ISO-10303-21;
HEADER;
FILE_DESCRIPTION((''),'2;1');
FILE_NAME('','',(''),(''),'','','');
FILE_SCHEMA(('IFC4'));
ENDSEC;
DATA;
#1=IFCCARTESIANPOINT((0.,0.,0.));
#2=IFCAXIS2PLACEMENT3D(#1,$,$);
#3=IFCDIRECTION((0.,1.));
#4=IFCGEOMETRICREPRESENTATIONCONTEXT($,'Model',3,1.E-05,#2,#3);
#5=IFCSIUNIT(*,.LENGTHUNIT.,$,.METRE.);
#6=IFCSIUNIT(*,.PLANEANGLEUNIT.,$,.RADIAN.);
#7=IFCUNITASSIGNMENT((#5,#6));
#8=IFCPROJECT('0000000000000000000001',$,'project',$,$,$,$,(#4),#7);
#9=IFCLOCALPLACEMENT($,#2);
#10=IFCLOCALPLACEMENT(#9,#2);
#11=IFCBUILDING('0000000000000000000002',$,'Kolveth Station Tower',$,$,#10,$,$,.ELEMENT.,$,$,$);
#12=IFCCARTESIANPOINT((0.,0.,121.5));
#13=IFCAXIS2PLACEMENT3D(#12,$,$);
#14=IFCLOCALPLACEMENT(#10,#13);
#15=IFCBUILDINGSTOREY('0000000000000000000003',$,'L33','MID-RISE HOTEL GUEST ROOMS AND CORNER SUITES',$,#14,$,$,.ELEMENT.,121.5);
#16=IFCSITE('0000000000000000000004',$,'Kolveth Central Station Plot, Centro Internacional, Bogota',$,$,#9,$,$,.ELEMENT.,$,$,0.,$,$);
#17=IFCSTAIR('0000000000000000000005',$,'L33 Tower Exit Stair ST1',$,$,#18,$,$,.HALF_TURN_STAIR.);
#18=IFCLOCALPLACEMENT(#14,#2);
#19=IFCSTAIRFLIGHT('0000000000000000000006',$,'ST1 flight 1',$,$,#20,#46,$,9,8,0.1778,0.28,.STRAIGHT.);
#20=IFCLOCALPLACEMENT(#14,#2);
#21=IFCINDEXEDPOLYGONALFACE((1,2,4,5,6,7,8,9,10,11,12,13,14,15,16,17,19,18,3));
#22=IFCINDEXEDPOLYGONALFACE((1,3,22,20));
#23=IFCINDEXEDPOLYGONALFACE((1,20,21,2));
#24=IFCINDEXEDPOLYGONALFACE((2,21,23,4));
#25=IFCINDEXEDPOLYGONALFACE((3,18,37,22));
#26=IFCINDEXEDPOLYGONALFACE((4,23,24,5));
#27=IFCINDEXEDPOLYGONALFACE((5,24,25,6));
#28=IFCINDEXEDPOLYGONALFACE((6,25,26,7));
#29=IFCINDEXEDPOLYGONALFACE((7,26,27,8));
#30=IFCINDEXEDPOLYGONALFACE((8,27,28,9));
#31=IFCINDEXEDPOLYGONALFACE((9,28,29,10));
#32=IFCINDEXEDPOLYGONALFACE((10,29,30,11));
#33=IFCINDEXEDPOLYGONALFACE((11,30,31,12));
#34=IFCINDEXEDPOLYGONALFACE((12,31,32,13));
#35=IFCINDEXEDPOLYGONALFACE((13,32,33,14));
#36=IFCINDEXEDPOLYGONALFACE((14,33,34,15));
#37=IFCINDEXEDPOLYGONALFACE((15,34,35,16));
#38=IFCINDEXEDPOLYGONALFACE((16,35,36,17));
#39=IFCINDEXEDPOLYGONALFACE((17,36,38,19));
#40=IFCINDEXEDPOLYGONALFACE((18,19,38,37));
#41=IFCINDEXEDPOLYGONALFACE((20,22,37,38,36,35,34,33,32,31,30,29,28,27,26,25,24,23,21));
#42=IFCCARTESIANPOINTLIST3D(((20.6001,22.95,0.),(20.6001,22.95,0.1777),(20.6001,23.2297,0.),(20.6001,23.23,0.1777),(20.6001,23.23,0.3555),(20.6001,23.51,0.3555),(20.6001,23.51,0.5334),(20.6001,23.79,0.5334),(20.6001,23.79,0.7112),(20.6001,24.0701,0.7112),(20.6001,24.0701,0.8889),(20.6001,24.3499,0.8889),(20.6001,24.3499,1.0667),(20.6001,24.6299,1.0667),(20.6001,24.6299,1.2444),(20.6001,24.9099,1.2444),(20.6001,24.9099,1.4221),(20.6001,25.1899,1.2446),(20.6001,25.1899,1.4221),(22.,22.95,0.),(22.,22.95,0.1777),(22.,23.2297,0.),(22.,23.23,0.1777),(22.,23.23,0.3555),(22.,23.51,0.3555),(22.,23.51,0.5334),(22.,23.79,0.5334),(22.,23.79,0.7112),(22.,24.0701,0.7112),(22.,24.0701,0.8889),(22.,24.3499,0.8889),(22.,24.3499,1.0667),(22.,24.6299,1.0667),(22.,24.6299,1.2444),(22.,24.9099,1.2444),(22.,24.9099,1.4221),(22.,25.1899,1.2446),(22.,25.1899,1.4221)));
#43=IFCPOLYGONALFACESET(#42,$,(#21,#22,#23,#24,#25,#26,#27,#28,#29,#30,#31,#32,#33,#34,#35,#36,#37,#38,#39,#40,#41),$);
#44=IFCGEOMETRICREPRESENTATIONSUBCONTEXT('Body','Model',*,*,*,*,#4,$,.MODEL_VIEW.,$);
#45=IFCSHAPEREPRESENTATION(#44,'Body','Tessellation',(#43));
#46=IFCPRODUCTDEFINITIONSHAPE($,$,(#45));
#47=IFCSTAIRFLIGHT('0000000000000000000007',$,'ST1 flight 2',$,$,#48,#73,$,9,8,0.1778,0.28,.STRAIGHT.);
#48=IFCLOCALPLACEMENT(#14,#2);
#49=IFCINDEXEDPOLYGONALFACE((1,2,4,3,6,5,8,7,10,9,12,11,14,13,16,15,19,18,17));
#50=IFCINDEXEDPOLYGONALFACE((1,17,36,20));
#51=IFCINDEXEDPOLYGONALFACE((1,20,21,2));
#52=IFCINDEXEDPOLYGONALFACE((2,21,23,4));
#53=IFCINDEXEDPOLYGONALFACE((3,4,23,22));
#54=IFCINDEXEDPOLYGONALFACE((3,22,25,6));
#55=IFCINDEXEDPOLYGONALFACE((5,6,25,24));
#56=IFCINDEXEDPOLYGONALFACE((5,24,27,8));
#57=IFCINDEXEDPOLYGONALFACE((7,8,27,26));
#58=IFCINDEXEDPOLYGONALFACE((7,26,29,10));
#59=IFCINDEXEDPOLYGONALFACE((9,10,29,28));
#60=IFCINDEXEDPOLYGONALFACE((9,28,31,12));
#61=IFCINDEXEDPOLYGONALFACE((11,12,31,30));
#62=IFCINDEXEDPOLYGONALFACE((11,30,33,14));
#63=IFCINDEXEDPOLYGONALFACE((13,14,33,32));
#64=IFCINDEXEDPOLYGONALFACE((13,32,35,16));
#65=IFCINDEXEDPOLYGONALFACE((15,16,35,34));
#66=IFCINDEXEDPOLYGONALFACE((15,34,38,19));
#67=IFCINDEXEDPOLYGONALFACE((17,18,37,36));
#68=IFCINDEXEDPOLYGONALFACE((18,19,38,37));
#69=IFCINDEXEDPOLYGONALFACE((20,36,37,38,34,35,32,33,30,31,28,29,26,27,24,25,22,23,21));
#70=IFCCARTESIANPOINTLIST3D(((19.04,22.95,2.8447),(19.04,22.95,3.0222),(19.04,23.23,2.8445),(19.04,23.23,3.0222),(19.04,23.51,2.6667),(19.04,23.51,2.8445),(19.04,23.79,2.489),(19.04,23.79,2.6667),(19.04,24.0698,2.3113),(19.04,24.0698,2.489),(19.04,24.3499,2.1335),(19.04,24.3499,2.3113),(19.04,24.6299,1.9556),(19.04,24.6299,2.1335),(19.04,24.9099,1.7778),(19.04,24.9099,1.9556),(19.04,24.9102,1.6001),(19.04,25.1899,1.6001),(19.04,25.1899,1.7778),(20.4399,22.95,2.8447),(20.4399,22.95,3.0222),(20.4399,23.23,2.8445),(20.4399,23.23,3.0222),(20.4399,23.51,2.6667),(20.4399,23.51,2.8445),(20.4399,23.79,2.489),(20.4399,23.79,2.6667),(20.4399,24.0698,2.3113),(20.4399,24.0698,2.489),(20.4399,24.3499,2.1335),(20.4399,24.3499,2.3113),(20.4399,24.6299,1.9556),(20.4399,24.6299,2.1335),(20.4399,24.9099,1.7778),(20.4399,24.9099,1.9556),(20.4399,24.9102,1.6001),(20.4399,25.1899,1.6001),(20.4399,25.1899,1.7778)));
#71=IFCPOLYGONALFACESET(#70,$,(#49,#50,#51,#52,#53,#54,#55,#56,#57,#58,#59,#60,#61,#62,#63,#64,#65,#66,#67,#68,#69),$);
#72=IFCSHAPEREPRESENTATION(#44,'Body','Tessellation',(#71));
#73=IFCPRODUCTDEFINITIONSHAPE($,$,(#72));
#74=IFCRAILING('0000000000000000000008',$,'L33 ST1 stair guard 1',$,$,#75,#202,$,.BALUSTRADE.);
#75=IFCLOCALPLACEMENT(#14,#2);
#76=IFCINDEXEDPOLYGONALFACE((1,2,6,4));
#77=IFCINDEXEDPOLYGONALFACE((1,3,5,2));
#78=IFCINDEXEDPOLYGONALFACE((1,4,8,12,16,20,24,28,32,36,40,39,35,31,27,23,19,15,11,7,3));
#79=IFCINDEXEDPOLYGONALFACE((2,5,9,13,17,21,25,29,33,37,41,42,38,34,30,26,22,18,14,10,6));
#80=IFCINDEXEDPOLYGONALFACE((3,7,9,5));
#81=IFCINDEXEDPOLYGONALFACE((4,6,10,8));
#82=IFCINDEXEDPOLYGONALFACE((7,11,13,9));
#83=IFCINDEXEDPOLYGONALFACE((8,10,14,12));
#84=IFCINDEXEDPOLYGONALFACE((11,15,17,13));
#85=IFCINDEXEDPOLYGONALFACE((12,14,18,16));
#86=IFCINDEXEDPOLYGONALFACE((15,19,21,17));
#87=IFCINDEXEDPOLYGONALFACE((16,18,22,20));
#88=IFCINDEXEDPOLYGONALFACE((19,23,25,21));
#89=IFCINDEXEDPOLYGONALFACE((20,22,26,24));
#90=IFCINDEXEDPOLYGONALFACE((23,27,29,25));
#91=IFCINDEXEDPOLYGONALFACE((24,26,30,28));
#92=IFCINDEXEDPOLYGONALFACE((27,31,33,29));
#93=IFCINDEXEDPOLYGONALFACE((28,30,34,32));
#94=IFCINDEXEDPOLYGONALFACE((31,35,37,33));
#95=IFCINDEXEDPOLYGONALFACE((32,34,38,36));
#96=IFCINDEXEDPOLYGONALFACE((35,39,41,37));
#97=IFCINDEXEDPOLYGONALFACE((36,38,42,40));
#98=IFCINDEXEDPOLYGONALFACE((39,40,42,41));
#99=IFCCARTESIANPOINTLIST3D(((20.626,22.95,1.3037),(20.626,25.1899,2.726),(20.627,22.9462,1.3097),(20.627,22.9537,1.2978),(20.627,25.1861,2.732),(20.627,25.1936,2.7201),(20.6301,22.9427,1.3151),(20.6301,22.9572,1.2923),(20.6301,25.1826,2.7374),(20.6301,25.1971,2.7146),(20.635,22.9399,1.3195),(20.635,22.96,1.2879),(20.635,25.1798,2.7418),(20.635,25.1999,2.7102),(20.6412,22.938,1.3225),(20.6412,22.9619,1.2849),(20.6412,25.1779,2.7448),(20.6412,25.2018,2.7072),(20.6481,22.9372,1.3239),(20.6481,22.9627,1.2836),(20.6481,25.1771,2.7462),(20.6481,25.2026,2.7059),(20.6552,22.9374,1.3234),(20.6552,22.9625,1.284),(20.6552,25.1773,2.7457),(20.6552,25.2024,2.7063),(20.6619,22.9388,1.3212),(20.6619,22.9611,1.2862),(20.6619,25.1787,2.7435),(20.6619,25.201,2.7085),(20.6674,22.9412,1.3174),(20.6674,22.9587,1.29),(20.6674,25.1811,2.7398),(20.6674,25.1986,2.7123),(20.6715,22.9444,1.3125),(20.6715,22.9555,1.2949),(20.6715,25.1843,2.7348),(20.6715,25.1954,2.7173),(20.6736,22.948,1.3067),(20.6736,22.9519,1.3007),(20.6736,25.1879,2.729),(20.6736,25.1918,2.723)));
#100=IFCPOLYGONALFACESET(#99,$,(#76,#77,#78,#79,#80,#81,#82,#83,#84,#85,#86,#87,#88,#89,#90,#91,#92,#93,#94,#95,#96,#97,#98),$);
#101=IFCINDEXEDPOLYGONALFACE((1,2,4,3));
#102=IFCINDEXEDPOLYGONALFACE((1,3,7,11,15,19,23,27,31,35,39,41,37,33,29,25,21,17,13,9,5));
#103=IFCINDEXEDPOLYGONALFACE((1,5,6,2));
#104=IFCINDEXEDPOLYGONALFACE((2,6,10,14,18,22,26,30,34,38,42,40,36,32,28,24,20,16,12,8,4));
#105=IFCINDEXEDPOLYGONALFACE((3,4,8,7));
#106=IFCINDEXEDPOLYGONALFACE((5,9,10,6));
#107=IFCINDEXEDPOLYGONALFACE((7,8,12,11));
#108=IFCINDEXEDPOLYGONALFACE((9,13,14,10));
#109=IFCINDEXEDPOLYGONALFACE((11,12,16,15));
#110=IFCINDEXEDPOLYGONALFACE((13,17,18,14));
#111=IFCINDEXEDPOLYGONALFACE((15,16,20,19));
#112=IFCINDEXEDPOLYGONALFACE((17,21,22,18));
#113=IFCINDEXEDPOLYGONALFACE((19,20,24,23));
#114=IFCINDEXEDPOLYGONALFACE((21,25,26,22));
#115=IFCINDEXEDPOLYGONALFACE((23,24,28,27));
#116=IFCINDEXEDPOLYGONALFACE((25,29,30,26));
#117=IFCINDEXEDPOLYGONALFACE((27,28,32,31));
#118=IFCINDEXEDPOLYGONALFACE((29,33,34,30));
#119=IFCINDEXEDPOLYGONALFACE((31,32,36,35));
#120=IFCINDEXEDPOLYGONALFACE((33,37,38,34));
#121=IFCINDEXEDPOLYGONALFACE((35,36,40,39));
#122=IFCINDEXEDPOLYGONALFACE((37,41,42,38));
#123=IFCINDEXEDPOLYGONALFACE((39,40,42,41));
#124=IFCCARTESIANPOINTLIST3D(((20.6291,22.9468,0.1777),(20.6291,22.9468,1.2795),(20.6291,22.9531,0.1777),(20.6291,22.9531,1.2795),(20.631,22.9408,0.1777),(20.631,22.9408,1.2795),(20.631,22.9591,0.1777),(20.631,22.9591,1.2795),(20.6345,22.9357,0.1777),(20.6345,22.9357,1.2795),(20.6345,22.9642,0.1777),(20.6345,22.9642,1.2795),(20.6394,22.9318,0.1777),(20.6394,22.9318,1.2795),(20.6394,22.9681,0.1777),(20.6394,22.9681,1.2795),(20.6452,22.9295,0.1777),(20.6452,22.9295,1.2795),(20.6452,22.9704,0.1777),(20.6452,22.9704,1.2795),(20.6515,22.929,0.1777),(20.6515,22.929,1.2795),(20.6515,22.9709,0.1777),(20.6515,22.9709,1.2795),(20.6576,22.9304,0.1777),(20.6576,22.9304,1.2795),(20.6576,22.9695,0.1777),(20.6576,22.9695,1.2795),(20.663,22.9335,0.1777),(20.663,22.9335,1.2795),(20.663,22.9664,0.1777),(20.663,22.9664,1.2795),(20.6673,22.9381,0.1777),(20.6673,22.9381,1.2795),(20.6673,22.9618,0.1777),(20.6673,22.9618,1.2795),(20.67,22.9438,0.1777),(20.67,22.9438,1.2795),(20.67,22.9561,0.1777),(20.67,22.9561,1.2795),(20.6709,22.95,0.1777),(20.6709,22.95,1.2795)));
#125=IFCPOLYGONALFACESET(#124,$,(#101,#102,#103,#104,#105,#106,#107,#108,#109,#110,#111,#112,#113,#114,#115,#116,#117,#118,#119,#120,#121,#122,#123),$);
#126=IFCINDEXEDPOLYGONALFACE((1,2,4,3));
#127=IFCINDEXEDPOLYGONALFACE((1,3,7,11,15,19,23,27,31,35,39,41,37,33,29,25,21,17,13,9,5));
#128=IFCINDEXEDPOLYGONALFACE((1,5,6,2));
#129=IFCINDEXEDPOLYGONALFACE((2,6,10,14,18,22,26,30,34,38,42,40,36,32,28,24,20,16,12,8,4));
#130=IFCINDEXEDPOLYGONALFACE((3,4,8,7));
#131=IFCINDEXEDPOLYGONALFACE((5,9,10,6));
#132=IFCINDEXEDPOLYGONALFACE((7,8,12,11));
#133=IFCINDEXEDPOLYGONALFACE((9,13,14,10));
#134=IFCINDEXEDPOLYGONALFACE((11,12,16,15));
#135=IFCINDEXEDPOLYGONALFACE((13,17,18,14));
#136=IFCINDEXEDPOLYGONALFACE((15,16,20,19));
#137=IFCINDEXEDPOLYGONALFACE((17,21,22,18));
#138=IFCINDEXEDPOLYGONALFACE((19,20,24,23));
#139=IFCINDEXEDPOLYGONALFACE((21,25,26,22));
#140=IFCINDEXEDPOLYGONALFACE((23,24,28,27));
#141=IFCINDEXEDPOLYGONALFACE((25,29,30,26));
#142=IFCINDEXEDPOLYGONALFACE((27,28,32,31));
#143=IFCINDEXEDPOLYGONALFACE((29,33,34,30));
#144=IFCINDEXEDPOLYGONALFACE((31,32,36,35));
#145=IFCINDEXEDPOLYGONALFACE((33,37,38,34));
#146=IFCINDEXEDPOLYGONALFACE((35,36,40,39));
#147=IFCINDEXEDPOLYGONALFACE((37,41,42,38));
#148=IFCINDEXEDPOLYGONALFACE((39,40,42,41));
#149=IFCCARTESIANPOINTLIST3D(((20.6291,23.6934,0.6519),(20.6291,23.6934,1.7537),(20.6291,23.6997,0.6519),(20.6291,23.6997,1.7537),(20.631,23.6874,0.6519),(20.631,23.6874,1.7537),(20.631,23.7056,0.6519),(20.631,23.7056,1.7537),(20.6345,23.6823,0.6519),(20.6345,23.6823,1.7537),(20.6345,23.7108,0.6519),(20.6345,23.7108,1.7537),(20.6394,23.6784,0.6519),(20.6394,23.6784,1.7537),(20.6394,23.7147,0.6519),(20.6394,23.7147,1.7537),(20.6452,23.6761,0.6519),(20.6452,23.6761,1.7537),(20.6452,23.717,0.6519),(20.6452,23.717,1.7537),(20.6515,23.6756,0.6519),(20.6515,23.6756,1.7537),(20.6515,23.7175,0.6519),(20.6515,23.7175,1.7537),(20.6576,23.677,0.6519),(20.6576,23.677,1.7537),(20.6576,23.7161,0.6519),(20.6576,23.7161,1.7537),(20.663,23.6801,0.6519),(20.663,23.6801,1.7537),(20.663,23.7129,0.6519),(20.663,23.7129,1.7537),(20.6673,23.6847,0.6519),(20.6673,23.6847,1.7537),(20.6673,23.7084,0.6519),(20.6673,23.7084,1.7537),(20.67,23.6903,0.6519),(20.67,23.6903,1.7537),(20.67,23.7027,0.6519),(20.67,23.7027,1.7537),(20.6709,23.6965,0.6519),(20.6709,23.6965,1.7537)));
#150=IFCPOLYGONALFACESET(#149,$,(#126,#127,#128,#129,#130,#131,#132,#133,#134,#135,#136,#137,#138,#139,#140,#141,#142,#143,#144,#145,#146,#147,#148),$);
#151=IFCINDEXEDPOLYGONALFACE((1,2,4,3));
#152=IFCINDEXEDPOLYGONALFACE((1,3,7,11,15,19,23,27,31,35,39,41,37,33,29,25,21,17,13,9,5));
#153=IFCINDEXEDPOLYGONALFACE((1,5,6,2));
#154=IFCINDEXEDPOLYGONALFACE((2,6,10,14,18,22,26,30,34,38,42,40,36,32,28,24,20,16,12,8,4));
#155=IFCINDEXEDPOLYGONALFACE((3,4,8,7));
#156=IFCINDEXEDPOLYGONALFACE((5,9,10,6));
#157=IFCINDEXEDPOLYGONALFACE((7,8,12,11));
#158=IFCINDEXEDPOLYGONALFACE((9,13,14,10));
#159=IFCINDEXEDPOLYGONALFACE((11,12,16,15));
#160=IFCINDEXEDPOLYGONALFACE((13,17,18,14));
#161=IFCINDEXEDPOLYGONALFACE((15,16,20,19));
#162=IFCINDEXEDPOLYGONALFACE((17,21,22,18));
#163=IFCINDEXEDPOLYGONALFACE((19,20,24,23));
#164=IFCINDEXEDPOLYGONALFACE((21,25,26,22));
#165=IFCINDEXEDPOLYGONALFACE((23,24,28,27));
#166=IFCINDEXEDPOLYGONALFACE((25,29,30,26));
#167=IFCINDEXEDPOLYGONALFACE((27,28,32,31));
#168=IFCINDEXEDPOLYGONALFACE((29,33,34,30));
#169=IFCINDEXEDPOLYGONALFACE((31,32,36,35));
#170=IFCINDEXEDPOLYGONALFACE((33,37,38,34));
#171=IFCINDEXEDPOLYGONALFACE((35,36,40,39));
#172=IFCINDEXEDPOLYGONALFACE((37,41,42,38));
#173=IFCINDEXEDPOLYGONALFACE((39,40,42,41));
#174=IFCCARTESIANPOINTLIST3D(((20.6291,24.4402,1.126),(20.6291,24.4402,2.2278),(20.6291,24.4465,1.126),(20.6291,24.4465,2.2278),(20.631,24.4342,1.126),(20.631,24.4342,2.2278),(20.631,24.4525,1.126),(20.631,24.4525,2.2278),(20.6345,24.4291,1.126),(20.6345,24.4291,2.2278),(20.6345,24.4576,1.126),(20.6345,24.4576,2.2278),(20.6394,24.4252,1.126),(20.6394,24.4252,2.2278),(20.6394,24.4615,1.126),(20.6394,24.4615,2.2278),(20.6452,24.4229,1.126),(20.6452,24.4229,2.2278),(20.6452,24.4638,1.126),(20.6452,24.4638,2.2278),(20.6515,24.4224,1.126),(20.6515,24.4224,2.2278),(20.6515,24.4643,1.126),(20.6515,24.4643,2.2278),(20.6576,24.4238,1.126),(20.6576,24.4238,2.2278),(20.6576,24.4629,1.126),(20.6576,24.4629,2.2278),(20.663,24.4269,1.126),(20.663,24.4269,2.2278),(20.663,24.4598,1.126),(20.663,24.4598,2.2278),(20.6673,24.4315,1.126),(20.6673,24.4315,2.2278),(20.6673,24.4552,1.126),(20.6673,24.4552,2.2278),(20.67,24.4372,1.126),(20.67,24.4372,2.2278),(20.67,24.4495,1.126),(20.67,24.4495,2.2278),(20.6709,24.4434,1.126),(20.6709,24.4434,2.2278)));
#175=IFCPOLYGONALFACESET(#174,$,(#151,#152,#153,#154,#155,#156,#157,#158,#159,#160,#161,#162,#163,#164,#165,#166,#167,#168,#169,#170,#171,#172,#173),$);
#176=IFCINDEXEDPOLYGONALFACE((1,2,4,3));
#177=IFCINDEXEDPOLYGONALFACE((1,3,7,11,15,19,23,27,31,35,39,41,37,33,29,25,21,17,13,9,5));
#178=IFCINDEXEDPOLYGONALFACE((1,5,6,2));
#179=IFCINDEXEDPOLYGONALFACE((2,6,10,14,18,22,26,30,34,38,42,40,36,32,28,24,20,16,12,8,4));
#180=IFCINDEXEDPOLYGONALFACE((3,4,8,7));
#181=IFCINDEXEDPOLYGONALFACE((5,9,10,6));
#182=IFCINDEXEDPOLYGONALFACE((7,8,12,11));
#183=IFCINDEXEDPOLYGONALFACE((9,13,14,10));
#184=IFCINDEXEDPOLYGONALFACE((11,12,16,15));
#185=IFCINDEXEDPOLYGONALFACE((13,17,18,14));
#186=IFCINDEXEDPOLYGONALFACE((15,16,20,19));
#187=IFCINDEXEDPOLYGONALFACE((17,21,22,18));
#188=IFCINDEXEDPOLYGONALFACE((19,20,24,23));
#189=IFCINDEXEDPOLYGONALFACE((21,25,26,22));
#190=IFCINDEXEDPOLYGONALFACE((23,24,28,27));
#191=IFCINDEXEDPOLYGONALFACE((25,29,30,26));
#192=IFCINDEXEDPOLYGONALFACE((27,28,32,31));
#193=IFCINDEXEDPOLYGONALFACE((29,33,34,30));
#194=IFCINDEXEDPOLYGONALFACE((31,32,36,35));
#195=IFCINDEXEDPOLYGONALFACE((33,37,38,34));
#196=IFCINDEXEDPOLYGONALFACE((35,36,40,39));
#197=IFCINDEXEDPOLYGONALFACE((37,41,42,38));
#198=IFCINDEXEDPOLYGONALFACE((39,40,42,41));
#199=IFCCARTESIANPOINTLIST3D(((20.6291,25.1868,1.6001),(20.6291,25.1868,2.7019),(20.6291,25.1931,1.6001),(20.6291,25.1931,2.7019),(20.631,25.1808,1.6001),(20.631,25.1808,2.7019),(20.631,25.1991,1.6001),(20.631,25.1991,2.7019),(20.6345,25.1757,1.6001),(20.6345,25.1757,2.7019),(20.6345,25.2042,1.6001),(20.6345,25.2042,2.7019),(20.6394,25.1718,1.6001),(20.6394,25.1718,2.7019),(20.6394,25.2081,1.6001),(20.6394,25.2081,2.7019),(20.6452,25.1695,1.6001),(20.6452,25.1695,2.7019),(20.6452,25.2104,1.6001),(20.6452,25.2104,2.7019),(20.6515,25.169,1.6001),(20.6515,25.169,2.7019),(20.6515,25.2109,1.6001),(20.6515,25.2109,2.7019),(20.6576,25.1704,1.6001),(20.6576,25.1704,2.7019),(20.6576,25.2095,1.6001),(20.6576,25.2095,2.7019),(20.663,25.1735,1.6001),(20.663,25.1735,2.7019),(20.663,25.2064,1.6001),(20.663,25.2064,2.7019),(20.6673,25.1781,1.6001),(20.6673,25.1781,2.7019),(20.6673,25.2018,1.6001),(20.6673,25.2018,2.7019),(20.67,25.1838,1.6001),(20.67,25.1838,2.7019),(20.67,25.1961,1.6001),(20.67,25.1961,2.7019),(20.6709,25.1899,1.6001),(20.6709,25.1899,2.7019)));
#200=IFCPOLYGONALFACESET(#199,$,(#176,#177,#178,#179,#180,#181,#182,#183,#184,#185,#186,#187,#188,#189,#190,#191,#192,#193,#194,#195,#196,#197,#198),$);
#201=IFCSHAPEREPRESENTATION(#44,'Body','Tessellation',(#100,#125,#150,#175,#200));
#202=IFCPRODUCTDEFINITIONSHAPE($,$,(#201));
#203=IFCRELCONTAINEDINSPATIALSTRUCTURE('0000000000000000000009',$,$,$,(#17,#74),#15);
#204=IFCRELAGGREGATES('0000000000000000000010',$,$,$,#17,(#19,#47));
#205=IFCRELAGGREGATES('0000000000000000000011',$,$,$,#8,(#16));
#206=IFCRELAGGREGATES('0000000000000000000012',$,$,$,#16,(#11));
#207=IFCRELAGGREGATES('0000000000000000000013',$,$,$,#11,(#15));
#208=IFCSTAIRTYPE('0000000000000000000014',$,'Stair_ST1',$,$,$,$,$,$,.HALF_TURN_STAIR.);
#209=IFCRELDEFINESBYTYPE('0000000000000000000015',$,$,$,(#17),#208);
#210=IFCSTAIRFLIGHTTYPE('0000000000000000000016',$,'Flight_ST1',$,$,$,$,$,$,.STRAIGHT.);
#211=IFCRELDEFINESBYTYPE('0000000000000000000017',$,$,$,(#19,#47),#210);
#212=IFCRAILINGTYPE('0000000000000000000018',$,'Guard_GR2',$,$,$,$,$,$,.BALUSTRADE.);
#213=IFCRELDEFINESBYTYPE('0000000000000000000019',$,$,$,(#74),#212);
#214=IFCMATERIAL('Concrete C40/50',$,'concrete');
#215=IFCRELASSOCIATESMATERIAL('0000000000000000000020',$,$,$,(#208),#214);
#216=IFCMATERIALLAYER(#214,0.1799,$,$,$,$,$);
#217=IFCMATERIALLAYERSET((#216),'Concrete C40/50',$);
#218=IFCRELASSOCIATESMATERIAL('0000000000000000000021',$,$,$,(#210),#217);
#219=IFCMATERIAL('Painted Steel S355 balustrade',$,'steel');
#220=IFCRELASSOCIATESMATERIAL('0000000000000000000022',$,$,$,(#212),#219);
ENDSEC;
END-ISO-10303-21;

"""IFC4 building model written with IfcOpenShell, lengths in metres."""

from ifc_helpers import new_model, si_unit, direction, frame, origin, origin_2d, place, context, subcontext, project, spatial, polyline, circle, outline, extrude, material, layer, layer_set, type_object, element, aggregate, save


model = new_model("IFC4")

# Units and contexts
model_context = context("Model", 3, precision=1e-05, world=origin(), true_north=direction((0.0, 1.0)))
body_context = subcontext(model_context, "Body", "Model", "MODEL_VIEW")
ifc_project = project(units=[si_unit("LENGTHUNIT", "METRE"), si_unit("PLANEANGLEUNIT", "RADIAN")], contexts=[model_context])

# Site, building, storey
site_placement = place(None, origin())
site = spatial("IfcSite", under=ifc_project, at=site_placement, Name="Kolveth Central Station Plot, Centro Internacional, Bogota", CompositionType="ELEMENT", RefElevation=0.0)
building_placement = place(site_placement, origin())
building = spatial("IfcBuilding", under=site, at=building_placement, Name="Kolveth Station Tower", CompositionType="ELEMENT")
storey_placement = place(building_placement, frame((0.0, 0.0, 121.5)))
storey = spatial("IfcBuildingStorey", under=building, at=storey_placement, Name="L33", Description="MID-RISE HOTEL GUEST ROOMS AND CORNER SUITES", CompositionType="ELEMENT", Elevation=121.5)

# Shared definitions
ifc_material_1 = material(Name="Concrete C40/50", Category="concrete")

# Stair, stair flights
stair_type = type_object("IfcStairType", Name="Stair_ST1", PredefinedType="HALF_TURN_STAIR", material=ifc_material_1)
stair_placement = place(storey_placement, origin())
stair = element("IfcStair", 1, at=stair_placement, inside=storey, type_object=stair_type, Name="L33 Tower Exit Stair ST1", PredefinedType="HALF_TURN_STAIR")
ifc_layer_1 = layer(ifc_material_1, 0.1799)
ifc_layer_set_1 = layer_set([ifc_layer_1], Name="Concrete C40/50")
stair_flight_type = type_object("IfcStairFlightType", Name="Flight_ST1", PredefinedType="STRAIGHT", material=ifc_layer_set_1)
stair_flight_1_placement = place(storey_placement, frame((21.3, 22.95, 0.0), z_axis=(0.0, 0.0, 1.0), x_axis=(0.0, 1.0, 0.0)))
stair_flight_1 = element("IfcStairFlight", 2, at=stair_flight_1_placement, type_object=stair_flight_type, Name="ST1 flight 1", NumberOfRisers=9, NumberOfTreads=8, PredefinedType="STRAIGHT", RiserHeight=0.1778, TreadLength=0.28, context=body_context, shape_type="SweptSolid", body=[
    extrude(outline(polyline([(0.0, 0.0), (0.0, 0.1777), (0.28, 0.1777), (0.28, 0.3555), (0.5601, 0.3555), (0.5601, 0.5334), (0.8401, 0.5334), (0.8401, 0.7112), (1.1201, 0.7112), (1.1201, 0.8889), (1.3999, 0.8889), (1.3999, 1.0667), (1.6799, 1.0667), (1.6799, 1.2444), (1.96, 1.2444), (1.96, 1.4221), (2.24, 1.4221), (2.24, 1.6001), (2.24, 1.2446), (0.2798, 0.0), (0.0, 0.0)])), frame((0.0, 0.7, 0.0), z_axis=(0.0, -1.0, 0.0), x_axis=(1.0, 0.0, 0.0)), (0.0, 0.0, 1.0), 1.3999),
])
stair_flight_2_placement = place(storey_placement, frame((19.74, 25.1899, 1.6001), z_axis=(0.0, 0.0, 1.0), x_axis=(0.0, -1.0, 0.0)))
stair_flight_2 = element("IfcStairFlight", 3, at=stair_flight_2_placement, type_object=stair_flight_type, Name="ST1 flight 2", NumberOfRisers=9, NumberOfTreads=8, PredefinedType="STRAIGHT", RiserHeight=0.1778, TreadLength=0.28, context=body_context, shape_type="SweptSolid", body=[
    extrude(outline(polyline([(0.0, 0.0), (0.0, 0.1777), (0.28, 0.1777), (0.28, 0.3555), (0.5601, 0.3555), (0.5601, 0.5334), (0.8401, 0.5334), (0.8401, 0.7112), (1.1201, 0.7112), (1.1201, 0.8889), (1.3999, 0.8889), (1.3999, 1.0667), (1.6799, 1.0667), (1.6799, 1.2444), (1.96, 1.2444), (1.96, 1.4221), (2.24, 1.4221), (2.24, 1.6001), (2.24, 1.2446), (0.2798, 0.0), (0.0, 0.0)])), frame((0.0, 0.7, 0.0), z_axis=(0.0, -1.0, 0.0), x_axis=(1.0, 0.0, 0.0)), (0.0, 0.0, 1.0), 1.3999),
])
aggregate(stair, [stair_flight_1, stair_flight_2])

# Railing
ifc_material_2 = material(Name="Painted Steel S355 balustrade", Category="steel")
railing_type_1 = type_object("IfcRailingType", Name="Guard_GR2", PredefinedType="BALUSTRADE", material=ifc_material_2)
railing_1_placement = place(storey_placement, frame((20.6499, 22.95, 0.1777)))
element("IfcRailing", 4, at=railing_1_placement, inside=storey, type_object=railing_type_1, Name="L33 ST1 stair guard 1", PredefinedType="BALUSTRADE", context=body_context, shape_type="SweptSolid", body=[
    extrude(circle(Radius=0.0239, at=origin_2d()), frame((0.0, 0.0, 1.126), z_axis=(0.0, 0.844188, 0.536048), x_axis=(-1.0, 0.0, 0.0)), (0.0, 0.0, 1.0), 2.6533),
    extrude(circle(Radius=0.021, at=origin_2d()), origin(), (0.0, 0.0, 1.0), 1.1018),
    extrude(circle(Radius=0.021, at=origin_2d()), frame((0.0, 0.7466, 0.4741)), (0.0, 0.0, 1.0), 1.1018),
    extrude(circle(Radius=0.021, at=origin_2d()), frame((0.0, 1.4934, 0.9482)), (0.0, 0.0, 1.0), 1.1018),
    extrude(circle(Radius=0.021, at=origin_2d()), frame((0.0, 2.24, 1.4224)), (0.0, 0.0, 1.0), 1.1018),
])

save(model, "model.ifc")
